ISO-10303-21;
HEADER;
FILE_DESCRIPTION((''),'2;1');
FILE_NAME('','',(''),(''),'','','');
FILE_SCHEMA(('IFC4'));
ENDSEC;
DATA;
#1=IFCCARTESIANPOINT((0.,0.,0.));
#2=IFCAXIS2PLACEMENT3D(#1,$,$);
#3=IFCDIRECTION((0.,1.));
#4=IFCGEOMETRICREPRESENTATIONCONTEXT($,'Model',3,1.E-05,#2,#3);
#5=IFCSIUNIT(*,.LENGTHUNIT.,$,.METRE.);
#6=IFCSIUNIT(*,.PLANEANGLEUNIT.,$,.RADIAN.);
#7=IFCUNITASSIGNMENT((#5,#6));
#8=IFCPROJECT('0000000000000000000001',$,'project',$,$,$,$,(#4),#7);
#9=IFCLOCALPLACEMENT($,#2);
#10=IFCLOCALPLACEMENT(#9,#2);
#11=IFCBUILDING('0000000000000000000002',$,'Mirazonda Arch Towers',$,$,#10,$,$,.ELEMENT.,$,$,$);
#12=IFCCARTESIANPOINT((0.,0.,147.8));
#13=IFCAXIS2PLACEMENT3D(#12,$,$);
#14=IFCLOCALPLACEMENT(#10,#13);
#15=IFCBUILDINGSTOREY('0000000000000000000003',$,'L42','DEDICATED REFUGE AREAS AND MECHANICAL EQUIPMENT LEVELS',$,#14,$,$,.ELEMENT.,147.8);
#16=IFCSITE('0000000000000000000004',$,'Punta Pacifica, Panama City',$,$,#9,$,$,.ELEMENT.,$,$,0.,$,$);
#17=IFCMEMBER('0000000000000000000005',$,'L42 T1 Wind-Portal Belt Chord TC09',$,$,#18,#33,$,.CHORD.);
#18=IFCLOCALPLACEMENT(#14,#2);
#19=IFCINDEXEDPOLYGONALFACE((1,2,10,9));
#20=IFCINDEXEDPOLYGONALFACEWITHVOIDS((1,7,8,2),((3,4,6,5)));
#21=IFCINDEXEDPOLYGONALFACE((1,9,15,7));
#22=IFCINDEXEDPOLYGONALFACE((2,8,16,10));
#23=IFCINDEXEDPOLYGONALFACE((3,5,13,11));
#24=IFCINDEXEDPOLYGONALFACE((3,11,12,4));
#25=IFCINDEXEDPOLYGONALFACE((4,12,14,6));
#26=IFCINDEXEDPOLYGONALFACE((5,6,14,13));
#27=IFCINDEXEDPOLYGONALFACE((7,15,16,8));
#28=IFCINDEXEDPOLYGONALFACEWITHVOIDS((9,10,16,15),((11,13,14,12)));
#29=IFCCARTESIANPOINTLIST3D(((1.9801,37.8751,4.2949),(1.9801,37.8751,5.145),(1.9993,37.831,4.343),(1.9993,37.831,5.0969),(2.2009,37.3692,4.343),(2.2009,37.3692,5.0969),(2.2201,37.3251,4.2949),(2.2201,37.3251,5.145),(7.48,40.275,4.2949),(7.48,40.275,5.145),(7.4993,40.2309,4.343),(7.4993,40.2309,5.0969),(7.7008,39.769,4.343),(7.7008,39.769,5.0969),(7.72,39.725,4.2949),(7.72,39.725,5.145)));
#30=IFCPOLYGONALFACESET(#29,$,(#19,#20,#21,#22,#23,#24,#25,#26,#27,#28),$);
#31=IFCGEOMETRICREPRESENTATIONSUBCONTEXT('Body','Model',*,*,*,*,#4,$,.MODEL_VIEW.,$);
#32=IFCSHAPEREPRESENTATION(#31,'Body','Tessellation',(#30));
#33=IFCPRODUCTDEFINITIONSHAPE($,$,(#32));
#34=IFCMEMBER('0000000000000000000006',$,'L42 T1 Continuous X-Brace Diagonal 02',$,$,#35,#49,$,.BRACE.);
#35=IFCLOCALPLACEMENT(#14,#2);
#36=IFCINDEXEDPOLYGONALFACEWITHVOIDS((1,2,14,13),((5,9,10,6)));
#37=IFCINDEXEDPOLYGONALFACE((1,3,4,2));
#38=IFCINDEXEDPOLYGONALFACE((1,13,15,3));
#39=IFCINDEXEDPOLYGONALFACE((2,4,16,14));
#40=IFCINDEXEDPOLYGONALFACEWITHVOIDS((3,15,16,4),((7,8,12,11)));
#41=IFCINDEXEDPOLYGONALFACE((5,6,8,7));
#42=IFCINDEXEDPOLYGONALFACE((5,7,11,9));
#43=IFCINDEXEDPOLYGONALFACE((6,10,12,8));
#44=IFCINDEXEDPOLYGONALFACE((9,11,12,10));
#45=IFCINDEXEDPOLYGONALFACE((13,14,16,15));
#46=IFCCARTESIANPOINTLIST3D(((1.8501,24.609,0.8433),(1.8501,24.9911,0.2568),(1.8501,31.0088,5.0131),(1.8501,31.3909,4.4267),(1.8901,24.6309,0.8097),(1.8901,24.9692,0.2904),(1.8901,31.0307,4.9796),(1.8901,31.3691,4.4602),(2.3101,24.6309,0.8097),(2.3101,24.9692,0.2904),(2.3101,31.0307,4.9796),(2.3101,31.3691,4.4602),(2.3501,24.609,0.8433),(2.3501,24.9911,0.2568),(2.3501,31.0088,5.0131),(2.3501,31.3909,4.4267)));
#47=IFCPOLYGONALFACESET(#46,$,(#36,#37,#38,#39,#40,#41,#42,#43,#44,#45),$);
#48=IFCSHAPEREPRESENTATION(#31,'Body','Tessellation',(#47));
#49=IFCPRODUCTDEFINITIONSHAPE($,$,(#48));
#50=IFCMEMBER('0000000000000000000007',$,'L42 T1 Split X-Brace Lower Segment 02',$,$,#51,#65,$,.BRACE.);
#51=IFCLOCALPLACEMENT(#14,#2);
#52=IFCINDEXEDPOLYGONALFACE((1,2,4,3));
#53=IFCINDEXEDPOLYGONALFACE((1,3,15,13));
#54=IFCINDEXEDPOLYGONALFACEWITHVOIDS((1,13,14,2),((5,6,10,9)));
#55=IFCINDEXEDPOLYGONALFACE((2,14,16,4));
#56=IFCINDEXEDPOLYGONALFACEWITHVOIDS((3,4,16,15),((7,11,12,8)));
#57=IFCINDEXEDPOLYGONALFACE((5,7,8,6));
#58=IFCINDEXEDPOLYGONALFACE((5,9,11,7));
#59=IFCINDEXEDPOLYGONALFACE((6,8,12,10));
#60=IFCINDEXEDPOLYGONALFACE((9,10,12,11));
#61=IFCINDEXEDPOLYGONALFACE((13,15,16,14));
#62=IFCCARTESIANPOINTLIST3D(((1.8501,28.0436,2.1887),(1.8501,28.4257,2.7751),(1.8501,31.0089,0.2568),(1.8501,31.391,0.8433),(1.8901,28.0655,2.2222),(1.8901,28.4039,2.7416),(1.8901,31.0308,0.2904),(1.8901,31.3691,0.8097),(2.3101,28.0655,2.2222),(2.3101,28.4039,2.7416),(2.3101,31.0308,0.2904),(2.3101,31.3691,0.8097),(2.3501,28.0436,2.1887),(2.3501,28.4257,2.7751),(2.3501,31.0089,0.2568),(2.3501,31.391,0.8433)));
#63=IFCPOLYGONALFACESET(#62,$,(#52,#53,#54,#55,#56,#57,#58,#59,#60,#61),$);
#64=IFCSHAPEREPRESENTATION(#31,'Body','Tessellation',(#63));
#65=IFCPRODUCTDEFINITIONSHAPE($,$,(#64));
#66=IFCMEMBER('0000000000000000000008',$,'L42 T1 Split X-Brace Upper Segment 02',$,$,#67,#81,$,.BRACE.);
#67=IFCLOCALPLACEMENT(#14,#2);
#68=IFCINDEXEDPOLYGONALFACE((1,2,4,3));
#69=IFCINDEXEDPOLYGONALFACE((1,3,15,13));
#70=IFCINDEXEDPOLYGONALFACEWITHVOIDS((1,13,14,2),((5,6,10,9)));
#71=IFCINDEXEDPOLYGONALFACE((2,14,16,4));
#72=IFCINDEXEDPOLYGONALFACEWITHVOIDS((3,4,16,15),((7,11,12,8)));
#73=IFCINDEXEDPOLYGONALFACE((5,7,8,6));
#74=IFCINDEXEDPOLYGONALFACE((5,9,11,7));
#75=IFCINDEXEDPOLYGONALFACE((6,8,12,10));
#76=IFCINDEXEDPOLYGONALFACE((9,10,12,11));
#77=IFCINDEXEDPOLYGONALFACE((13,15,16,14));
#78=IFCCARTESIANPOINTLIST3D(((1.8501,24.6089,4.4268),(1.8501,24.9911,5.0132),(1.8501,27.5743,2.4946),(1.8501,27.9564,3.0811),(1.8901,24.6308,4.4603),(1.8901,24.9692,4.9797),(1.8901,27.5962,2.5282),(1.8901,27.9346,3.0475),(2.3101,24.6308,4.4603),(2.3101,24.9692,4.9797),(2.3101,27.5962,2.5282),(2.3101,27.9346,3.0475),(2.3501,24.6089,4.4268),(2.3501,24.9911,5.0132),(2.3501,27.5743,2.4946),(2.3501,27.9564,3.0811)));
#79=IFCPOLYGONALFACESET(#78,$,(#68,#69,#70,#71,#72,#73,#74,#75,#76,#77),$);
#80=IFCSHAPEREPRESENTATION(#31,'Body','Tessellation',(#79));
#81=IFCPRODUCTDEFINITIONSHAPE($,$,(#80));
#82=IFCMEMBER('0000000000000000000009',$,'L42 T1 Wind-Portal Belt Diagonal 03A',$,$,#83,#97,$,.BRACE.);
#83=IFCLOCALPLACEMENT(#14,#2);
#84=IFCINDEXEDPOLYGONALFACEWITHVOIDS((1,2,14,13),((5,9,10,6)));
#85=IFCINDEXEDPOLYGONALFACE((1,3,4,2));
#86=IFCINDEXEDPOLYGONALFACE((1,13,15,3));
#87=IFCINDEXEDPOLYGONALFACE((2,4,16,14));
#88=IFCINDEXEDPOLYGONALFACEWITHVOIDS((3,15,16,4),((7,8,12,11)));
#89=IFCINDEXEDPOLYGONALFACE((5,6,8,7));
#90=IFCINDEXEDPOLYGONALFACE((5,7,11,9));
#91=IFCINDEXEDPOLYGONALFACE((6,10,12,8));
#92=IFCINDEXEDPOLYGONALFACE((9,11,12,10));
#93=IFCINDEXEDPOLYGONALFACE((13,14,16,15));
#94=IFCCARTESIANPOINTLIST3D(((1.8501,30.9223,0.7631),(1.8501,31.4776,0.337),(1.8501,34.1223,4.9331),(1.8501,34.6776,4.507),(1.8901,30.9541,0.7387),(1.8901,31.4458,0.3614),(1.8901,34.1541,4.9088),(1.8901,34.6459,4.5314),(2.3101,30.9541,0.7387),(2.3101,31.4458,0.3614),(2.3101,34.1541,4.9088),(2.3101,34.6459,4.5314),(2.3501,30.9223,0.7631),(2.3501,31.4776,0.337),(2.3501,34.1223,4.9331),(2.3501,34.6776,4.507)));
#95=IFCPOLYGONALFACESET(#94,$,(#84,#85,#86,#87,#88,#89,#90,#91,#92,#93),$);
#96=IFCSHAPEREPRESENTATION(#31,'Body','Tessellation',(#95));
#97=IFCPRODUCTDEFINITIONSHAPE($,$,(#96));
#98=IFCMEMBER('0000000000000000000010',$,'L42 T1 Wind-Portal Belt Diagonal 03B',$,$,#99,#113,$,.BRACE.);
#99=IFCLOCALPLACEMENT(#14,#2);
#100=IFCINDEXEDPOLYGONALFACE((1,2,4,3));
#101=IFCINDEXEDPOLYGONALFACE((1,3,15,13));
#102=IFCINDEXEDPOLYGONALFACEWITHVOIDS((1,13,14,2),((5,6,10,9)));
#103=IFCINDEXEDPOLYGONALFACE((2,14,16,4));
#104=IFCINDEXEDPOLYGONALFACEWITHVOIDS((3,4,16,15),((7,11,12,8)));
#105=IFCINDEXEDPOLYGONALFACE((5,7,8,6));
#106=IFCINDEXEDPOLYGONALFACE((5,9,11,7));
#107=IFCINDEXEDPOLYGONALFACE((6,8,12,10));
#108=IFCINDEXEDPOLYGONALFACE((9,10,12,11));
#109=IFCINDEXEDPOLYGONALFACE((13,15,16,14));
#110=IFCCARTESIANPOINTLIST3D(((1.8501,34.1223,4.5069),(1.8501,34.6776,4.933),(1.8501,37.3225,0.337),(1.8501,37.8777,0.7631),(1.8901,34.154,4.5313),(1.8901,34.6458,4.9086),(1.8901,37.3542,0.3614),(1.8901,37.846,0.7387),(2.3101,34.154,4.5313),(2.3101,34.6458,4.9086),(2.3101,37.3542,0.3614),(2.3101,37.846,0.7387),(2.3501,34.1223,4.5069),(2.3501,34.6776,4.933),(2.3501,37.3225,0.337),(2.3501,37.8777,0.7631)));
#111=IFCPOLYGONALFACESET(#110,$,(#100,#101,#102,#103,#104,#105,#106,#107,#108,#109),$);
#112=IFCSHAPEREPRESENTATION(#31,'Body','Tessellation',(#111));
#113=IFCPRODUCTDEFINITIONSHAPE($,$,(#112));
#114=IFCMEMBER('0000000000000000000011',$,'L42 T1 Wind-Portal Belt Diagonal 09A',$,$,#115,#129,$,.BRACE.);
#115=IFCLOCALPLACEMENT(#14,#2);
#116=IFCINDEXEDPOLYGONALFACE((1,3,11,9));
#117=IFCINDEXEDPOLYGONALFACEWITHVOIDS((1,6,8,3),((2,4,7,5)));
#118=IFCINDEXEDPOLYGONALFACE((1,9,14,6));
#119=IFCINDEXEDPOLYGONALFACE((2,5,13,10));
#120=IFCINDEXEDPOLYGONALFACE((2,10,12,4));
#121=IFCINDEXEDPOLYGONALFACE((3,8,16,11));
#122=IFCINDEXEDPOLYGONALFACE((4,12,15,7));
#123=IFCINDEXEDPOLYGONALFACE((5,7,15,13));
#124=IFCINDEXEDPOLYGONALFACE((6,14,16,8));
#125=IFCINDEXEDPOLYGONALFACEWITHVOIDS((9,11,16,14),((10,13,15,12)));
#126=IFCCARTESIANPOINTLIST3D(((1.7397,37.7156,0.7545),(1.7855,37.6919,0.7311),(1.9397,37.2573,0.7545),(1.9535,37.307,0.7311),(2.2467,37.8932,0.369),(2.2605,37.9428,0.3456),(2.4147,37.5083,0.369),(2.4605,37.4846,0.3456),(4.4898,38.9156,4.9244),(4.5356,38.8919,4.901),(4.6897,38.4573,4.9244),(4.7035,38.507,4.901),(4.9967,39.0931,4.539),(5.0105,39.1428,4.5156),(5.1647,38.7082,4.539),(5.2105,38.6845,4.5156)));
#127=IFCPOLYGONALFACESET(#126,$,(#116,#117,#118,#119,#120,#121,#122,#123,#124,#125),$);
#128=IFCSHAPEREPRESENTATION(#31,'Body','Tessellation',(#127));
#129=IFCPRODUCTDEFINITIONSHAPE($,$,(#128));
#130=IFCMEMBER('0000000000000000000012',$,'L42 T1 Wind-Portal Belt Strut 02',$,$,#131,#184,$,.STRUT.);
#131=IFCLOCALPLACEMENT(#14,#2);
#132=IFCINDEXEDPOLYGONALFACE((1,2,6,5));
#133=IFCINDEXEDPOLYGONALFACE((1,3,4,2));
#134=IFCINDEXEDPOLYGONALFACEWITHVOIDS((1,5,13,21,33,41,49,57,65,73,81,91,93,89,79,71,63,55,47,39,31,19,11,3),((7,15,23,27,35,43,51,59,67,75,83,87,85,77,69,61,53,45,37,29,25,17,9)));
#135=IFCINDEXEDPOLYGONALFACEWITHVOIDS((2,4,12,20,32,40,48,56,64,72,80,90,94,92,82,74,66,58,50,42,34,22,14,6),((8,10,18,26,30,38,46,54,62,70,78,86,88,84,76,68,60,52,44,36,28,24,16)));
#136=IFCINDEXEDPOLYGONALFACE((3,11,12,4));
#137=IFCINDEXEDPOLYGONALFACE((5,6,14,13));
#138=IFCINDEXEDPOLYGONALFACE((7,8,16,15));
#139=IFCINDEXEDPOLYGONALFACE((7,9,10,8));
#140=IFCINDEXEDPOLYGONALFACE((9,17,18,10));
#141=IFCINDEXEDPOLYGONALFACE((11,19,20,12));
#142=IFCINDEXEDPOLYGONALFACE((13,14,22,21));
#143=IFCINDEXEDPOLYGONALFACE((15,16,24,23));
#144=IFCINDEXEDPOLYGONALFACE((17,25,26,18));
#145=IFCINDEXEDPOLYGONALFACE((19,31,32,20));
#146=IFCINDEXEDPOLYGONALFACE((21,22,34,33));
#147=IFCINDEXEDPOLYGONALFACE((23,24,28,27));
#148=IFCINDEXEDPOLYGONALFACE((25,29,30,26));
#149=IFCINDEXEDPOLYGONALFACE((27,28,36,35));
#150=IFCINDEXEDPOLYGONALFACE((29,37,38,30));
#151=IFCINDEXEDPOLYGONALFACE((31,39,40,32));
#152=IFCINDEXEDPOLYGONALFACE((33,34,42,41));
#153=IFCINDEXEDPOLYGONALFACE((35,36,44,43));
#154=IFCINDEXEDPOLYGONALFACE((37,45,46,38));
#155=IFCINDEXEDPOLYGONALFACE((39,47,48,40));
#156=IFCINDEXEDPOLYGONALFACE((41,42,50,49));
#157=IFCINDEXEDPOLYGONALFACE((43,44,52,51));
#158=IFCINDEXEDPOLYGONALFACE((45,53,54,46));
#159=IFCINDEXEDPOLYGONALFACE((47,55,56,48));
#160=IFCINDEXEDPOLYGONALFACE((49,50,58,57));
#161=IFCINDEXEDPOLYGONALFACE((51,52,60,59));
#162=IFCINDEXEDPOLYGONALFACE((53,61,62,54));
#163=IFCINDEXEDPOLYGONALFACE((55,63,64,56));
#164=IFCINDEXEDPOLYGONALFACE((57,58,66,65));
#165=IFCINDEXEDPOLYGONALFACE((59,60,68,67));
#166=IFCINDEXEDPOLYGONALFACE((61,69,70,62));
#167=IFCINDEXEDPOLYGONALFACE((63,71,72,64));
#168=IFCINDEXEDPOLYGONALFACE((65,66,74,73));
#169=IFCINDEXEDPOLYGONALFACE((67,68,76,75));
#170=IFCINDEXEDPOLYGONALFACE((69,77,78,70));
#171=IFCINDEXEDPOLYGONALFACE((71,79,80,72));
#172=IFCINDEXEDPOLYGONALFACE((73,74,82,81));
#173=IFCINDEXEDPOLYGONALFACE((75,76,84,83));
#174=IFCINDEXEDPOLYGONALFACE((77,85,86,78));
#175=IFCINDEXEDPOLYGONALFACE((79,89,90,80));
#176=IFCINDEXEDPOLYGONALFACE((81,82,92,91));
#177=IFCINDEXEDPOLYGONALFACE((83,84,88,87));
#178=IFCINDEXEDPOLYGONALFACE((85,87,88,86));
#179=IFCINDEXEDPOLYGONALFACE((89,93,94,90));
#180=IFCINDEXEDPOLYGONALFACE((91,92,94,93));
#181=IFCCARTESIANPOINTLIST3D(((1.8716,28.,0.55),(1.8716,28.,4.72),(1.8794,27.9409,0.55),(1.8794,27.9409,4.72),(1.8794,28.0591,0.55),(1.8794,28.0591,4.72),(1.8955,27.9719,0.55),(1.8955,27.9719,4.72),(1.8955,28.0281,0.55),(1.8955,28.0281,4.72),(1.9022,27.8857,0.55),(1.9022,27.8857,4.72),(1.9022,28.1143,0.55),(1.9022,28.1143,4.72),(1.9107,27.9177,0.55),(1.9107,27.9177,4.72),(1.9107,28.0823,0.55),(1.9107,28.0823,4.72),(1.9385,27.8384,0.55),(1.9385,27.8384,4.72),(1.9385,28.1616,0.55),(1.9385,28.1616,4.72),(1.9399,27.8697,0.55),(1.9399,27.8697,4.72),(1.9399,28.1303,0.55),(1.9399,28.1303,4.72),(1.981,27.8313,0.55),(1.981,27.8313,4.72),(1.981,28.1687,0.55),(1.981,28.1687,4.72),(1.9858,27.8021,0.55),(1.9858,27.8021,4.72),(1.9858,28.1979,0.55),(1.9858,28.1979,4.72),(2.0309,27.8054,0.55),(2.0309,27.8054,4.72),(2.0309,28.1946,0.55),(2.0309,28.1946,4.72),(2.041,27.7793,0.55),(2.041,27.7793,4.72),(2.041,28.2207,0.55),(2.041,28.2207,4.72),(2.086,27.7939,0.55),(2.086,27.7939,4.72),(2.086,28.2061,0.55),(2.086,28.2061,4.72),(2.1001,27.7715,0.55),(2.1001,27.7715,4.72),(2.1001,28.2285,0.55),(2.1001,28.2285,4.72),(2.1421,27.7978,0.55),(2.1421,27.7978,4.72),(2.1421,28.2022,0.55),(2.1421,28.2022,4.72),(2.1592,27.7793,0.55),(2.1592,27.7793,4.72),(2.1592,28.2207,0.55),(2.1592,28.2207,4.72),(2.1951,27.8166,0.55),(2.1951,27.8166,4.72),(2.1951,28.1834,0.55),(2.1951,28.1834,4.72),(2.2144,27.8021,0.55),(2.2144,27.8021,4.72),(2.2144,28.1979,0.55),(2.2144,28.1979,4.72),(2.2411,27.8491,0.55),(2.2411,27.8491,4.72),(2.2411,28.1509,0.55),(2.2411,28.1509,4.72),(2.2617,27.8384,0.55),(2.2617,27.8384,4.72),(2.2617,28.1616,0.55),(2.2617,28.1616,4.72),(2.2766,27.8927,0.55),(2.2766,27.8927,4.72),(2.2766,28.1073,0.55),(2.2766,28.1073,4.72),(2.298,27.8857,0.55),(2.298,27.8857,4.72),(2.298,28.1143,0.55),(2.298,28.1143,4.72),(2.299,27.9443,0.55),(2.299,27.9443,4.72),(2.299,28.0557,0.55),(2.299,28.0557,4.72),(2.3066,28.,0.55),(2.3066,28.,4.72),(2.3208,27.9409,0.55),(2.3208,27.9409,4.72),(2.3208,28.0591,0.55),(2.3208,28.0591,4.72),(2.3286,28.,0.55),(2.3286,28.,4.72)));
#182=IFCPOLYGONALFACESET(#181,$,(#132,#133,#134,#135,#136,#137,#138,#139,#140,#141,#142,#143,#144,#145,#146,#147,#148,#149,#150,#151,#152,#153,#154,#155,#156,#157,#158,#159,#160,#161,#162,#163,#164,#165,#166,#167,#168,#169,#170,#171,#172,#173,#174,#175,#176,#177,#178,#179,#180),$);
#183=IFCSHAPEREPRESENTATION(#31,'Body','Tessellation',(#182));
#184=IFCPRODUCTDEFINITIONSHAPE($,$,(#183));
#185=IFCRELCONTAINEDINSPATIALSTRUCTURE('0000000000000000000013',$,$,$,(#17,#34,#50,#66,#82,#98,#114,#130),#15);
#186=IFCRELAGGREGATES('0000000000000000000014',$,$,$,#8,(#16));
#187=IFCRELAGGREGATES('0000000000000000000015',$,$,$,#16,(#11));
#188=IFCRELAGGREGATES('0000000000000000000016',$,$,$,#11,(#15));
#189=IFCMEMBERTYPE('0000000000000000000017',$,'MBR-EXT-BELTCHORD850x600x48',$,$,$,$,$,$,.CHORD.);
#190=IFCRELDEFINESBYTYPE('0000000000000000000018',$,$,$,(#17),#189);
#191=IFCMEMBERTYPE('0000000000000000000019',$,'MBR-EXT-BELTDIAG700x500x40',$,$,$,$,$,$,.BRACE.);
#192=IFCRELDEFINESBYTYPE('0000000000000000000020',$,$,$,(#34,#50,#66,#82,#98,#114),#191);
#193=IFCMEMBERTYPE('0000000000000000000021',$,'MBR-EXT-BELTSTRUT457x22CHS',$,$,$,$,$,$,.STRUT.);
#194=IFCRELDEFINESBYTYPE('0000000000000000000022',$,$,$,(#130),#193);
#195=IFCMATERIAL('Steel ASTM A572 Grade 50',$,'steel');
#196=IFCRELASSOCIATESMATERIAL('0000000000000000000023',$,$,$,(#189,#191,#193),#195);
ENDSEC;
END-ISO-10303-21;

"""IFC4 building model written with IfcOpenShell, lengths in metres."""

from ifc_helpers import new_model, si_unit, direction, frame, origin, origin_2d, place, context, subcontext, project, spatial, hollow_rectangle, hollow_circle, extrude, material, material_profile, profile_set, type_object, element, save


model = new_model("IFC4")

# Units and contexts
model_context = context("Model", 3, precision=1e-05, world=origin(), true_north=direction((0.0, 1.0)))
body_context = subcontext(model_context, "Body", "Model", "MODEL_VIEW")
ifc_project = project(units=[si_unit("LENGTHUNIT", "METRE"), si_unit("PLANEANGLEUNIT", "RADIAN")], contexts=[model_context])

# Site, building, storey
site_placement = place(None, origin())
site = spatial("IfcSite", under=ifc_project, at=site_placement, Name="Punta Pacifica, Panama City", CompositionType="ELEMENT", RefElevation=0.0)
building_placement = place(site_placement, origin())
building = spatial("IfcBuilding", under=site, at=building_placement, Name="Mirazonda Arch Towers", CompositionType="ELEMENT")
storey_placement = place(building_placement, frame((0.0, 0.0, 147.8)))
storey = spatial("IfcBuildingStorey", under=building, at=storey_placement, Name="L42", Description="DEDICATED REFUGE AREAS AND MECHANICAL EQUIPMENT LEVELS", CompositionType="ELEMENT", Elevation=147.8)

# Shared definitions
ifc_material_1 = material(Name="Steel ASTM A572 Grade 50", Category="steel")

# Members
ifc_material_profile_1 = material_profile(ifc_material_1, hollow_rectangle(XDim=0.6001, YDim=0.8501, WallThickness=0.0481, at=origin_2d()), Name="BELTCHORD850x600x48")
ifc_profile_set_1 = profile_set([ifc_material_profile_1], Name="Steel ASTM A572 Grade 50")
member_type_1 = type_object("IfcMemberType", Name="MBR-EXT-BELTCHORD850x600x48", PredefinedType="CHORD", material=ifc_profile_set_1)
for number, where, z_axis, x_axis, name in (
    (1, (2.1001, 37.6001, 4.72), (0.916545, 0.399931, 0.0), (-0.399931, 0.916545, 0.0), "L42 T1 Wind-Portal Belt Chord TC09"),
):
    element("IfcMember", number, at=place(storey_placement, frame(where, z_axis=z_axis, x_axis=x_axis)), inside=storey, type_object=member_type_1, Name=name, PredefinedType="CHORD", context=body_context, shape_type="SweptSolid", body=[
        extrude(hollow_rectangle(XDim=0.6001, YDim=0.8501, WallThickness=0.0481, at=origin_2d()), origin(), (0.0, 0.0, 1.0), 6.0007),
    ])
ifc_material_profile_2 = material_profile(ifc_material_1, hollow_rectangle(XDim=0.5, YDim=0.7, WallThickness=0.04, at=origin_2d()), Name="BELTDIAG700x500x40")
ifc_profile_set_2 = profile_set([ifc_material_profile_2], Name="Steel ASTM A572 Grade 50")
member_type_2 = type_object("IfcMemberType", Name="MBR-EXT-BELTDIAG700x500x40", PredefinedType="BRACE", material=ifc_profile_set_2)
member_1_placement = place(storey_placement, frame((2.1001, 24.8, 0.55), z_axis=(0.0, 0.837846, 0.545907), x_axis=(-1.0, 0.0, 0.0)))
element("IfcMember", 2, at=member_1_placement, inside=storey, type_object=member_type_2, Name="L42 T1 Continuous X-Brace Diagonal 02", PredefinedType="BRACE", context=body_context, shape_type="SweptSolid", body=[
    extrude(hollow_rectangle(XDim=0.5, YDim=0.7, WallThickness=0.04, at=origin_2d()), origin(), (0.0, 0.0, 1.0), 7.6384),
])
member_2_placement = place(storey_placement, frame((2.1001, 31.2, 0.55), z_axis=(0.0, -0.837873, 0.545866), x_axis=(1.0, 0.0, 0.0)))
element("IfcMember", 3, at=member_2_placement, inside=storey, type_object=member_type_2, Name="L42 T1 Split X-Brace Lower Segment 02", PredefinedType="BRACE", context=body_context, shape_type="SweptSolid", body=[
    extrude(hollow_rectangle(XDim=0.5, YDim=0.7, WallThickness=0.04, at=origin_2d()), origin(), (0.0, 0.0, 1.0), 3.5391),
])
member_3_placement = place(storey_placement, frame((2.1001, 27.7654, 2.7878), z_axis=(0.0, -0.837841, 0.545914), x_axis=(1.0, 0.0, 0.0)))
element("IfcMember", 4, at=member_3_placement, inside=storey, type_object=member_type_2, Name="L42 T1 Split X-Brace Upper Segment 02", PredefinedType="BRACE", context=body_context, shape_type="SweptSolid", body=[
    extrude(hollow_rectangle(XDim=0.5, YDim=0.7, WallThickness=0.04, at=origin_2d()), origin(), (0.0, 0.0, 1.0), 3.5393),
])
for number, where, z_axis, x_axis, name in (
    (5, (2.1001, 31.2, 0.55), (0.0, 0.608792, 0.79333), (-1.0, 0.0, 0.0), "L42 T1 Wind-Portal Belt Diagonal 03A"),
    (6, (2.1001, 37.6001, 0.55), (0.0, -0.608822, 0.793307), (1.0, 0.0, 0.0), "L42 T1 Wind-Portal Belt Diagonal 03B"),
):
    element("IfcMember", number, at=place(storey_placement, frame(where, z_axis=z_axis, x_axis=x_axis)), inside=storey, type_object=member_type_2, Name=name, PredefinedType="BRACE", context=body_context, shape_type="SweptSolid", body=[
        extrude(hollow_rectangle(XDim=0.5, YDim=0.7, WallThickness=0.04, at=origin_2d()), origin(), (0.0, 0.0, 1.0), 5.2563),
    ])
member_4_placement = place(storey_placement, frame((2.1001, 37.6001, 0.55), z_axis=(0.535313, 0.233582, 0.811714), x_axis=(-0.399931, 0.916545, 0.0)))
element("IfcMember", 7, at=member_4_placement, inside=storey, type_object=member_type_2, Name="L42 T1 Wind-Portal Belt Diagonal 09A", PredefinedType="BRACE", context=body_context, shape_type="SweptSolid", body=[
    extrude(hollow_rectangle(XDim=0.5, YDim=0.7, WallThickness=0.04, at=origin_2d()), origin(), (0.0, 0.0, 1.0), 5.1372),
])
ifc_material_profile_3 = material_profile(ifc_material_1, hollow_circle(Radius=0.2285, WallThickness=0.022, at=origin_2d()), Name="BELTSTRUT457x22CHS")
ifc_profile_set_3 = profile_set([ifc_material_profile_3], Name="Steel ASTM A572 Grade 50")
member_type_3 = type_object("IfcMemberType", Name="MBR-EXT-BELTSTRUT457x22CHS", PredefinedType="STRUT", material=ifc_profile_set_3)
for number, where, z_axis, x_axis, name in (
    (8, (2.1001, 28.0, 0.55), (0.0, 0.0, 1.0), (1.0, 0.0, 0.0), "L42 T1 Wind-Portal Belt Strut 02"),
):
    element("IfcMember", number, at=place(storey_placement, frame(where, z_axis=z_axis, x_axis=x_axis)), inside=storey, type_object=member_type_3, Name=name, PredefinedType="STRUT", context=body_context, shape_type="SweptSolid", body=[
        extrude(hollow_circle(Radius=0.2285, WallThickness=0.022, at=origin_2d()), origin(), (0.0, 0.0, 1.0), 4.1699),
    ])

save(model, "model.ifc")
